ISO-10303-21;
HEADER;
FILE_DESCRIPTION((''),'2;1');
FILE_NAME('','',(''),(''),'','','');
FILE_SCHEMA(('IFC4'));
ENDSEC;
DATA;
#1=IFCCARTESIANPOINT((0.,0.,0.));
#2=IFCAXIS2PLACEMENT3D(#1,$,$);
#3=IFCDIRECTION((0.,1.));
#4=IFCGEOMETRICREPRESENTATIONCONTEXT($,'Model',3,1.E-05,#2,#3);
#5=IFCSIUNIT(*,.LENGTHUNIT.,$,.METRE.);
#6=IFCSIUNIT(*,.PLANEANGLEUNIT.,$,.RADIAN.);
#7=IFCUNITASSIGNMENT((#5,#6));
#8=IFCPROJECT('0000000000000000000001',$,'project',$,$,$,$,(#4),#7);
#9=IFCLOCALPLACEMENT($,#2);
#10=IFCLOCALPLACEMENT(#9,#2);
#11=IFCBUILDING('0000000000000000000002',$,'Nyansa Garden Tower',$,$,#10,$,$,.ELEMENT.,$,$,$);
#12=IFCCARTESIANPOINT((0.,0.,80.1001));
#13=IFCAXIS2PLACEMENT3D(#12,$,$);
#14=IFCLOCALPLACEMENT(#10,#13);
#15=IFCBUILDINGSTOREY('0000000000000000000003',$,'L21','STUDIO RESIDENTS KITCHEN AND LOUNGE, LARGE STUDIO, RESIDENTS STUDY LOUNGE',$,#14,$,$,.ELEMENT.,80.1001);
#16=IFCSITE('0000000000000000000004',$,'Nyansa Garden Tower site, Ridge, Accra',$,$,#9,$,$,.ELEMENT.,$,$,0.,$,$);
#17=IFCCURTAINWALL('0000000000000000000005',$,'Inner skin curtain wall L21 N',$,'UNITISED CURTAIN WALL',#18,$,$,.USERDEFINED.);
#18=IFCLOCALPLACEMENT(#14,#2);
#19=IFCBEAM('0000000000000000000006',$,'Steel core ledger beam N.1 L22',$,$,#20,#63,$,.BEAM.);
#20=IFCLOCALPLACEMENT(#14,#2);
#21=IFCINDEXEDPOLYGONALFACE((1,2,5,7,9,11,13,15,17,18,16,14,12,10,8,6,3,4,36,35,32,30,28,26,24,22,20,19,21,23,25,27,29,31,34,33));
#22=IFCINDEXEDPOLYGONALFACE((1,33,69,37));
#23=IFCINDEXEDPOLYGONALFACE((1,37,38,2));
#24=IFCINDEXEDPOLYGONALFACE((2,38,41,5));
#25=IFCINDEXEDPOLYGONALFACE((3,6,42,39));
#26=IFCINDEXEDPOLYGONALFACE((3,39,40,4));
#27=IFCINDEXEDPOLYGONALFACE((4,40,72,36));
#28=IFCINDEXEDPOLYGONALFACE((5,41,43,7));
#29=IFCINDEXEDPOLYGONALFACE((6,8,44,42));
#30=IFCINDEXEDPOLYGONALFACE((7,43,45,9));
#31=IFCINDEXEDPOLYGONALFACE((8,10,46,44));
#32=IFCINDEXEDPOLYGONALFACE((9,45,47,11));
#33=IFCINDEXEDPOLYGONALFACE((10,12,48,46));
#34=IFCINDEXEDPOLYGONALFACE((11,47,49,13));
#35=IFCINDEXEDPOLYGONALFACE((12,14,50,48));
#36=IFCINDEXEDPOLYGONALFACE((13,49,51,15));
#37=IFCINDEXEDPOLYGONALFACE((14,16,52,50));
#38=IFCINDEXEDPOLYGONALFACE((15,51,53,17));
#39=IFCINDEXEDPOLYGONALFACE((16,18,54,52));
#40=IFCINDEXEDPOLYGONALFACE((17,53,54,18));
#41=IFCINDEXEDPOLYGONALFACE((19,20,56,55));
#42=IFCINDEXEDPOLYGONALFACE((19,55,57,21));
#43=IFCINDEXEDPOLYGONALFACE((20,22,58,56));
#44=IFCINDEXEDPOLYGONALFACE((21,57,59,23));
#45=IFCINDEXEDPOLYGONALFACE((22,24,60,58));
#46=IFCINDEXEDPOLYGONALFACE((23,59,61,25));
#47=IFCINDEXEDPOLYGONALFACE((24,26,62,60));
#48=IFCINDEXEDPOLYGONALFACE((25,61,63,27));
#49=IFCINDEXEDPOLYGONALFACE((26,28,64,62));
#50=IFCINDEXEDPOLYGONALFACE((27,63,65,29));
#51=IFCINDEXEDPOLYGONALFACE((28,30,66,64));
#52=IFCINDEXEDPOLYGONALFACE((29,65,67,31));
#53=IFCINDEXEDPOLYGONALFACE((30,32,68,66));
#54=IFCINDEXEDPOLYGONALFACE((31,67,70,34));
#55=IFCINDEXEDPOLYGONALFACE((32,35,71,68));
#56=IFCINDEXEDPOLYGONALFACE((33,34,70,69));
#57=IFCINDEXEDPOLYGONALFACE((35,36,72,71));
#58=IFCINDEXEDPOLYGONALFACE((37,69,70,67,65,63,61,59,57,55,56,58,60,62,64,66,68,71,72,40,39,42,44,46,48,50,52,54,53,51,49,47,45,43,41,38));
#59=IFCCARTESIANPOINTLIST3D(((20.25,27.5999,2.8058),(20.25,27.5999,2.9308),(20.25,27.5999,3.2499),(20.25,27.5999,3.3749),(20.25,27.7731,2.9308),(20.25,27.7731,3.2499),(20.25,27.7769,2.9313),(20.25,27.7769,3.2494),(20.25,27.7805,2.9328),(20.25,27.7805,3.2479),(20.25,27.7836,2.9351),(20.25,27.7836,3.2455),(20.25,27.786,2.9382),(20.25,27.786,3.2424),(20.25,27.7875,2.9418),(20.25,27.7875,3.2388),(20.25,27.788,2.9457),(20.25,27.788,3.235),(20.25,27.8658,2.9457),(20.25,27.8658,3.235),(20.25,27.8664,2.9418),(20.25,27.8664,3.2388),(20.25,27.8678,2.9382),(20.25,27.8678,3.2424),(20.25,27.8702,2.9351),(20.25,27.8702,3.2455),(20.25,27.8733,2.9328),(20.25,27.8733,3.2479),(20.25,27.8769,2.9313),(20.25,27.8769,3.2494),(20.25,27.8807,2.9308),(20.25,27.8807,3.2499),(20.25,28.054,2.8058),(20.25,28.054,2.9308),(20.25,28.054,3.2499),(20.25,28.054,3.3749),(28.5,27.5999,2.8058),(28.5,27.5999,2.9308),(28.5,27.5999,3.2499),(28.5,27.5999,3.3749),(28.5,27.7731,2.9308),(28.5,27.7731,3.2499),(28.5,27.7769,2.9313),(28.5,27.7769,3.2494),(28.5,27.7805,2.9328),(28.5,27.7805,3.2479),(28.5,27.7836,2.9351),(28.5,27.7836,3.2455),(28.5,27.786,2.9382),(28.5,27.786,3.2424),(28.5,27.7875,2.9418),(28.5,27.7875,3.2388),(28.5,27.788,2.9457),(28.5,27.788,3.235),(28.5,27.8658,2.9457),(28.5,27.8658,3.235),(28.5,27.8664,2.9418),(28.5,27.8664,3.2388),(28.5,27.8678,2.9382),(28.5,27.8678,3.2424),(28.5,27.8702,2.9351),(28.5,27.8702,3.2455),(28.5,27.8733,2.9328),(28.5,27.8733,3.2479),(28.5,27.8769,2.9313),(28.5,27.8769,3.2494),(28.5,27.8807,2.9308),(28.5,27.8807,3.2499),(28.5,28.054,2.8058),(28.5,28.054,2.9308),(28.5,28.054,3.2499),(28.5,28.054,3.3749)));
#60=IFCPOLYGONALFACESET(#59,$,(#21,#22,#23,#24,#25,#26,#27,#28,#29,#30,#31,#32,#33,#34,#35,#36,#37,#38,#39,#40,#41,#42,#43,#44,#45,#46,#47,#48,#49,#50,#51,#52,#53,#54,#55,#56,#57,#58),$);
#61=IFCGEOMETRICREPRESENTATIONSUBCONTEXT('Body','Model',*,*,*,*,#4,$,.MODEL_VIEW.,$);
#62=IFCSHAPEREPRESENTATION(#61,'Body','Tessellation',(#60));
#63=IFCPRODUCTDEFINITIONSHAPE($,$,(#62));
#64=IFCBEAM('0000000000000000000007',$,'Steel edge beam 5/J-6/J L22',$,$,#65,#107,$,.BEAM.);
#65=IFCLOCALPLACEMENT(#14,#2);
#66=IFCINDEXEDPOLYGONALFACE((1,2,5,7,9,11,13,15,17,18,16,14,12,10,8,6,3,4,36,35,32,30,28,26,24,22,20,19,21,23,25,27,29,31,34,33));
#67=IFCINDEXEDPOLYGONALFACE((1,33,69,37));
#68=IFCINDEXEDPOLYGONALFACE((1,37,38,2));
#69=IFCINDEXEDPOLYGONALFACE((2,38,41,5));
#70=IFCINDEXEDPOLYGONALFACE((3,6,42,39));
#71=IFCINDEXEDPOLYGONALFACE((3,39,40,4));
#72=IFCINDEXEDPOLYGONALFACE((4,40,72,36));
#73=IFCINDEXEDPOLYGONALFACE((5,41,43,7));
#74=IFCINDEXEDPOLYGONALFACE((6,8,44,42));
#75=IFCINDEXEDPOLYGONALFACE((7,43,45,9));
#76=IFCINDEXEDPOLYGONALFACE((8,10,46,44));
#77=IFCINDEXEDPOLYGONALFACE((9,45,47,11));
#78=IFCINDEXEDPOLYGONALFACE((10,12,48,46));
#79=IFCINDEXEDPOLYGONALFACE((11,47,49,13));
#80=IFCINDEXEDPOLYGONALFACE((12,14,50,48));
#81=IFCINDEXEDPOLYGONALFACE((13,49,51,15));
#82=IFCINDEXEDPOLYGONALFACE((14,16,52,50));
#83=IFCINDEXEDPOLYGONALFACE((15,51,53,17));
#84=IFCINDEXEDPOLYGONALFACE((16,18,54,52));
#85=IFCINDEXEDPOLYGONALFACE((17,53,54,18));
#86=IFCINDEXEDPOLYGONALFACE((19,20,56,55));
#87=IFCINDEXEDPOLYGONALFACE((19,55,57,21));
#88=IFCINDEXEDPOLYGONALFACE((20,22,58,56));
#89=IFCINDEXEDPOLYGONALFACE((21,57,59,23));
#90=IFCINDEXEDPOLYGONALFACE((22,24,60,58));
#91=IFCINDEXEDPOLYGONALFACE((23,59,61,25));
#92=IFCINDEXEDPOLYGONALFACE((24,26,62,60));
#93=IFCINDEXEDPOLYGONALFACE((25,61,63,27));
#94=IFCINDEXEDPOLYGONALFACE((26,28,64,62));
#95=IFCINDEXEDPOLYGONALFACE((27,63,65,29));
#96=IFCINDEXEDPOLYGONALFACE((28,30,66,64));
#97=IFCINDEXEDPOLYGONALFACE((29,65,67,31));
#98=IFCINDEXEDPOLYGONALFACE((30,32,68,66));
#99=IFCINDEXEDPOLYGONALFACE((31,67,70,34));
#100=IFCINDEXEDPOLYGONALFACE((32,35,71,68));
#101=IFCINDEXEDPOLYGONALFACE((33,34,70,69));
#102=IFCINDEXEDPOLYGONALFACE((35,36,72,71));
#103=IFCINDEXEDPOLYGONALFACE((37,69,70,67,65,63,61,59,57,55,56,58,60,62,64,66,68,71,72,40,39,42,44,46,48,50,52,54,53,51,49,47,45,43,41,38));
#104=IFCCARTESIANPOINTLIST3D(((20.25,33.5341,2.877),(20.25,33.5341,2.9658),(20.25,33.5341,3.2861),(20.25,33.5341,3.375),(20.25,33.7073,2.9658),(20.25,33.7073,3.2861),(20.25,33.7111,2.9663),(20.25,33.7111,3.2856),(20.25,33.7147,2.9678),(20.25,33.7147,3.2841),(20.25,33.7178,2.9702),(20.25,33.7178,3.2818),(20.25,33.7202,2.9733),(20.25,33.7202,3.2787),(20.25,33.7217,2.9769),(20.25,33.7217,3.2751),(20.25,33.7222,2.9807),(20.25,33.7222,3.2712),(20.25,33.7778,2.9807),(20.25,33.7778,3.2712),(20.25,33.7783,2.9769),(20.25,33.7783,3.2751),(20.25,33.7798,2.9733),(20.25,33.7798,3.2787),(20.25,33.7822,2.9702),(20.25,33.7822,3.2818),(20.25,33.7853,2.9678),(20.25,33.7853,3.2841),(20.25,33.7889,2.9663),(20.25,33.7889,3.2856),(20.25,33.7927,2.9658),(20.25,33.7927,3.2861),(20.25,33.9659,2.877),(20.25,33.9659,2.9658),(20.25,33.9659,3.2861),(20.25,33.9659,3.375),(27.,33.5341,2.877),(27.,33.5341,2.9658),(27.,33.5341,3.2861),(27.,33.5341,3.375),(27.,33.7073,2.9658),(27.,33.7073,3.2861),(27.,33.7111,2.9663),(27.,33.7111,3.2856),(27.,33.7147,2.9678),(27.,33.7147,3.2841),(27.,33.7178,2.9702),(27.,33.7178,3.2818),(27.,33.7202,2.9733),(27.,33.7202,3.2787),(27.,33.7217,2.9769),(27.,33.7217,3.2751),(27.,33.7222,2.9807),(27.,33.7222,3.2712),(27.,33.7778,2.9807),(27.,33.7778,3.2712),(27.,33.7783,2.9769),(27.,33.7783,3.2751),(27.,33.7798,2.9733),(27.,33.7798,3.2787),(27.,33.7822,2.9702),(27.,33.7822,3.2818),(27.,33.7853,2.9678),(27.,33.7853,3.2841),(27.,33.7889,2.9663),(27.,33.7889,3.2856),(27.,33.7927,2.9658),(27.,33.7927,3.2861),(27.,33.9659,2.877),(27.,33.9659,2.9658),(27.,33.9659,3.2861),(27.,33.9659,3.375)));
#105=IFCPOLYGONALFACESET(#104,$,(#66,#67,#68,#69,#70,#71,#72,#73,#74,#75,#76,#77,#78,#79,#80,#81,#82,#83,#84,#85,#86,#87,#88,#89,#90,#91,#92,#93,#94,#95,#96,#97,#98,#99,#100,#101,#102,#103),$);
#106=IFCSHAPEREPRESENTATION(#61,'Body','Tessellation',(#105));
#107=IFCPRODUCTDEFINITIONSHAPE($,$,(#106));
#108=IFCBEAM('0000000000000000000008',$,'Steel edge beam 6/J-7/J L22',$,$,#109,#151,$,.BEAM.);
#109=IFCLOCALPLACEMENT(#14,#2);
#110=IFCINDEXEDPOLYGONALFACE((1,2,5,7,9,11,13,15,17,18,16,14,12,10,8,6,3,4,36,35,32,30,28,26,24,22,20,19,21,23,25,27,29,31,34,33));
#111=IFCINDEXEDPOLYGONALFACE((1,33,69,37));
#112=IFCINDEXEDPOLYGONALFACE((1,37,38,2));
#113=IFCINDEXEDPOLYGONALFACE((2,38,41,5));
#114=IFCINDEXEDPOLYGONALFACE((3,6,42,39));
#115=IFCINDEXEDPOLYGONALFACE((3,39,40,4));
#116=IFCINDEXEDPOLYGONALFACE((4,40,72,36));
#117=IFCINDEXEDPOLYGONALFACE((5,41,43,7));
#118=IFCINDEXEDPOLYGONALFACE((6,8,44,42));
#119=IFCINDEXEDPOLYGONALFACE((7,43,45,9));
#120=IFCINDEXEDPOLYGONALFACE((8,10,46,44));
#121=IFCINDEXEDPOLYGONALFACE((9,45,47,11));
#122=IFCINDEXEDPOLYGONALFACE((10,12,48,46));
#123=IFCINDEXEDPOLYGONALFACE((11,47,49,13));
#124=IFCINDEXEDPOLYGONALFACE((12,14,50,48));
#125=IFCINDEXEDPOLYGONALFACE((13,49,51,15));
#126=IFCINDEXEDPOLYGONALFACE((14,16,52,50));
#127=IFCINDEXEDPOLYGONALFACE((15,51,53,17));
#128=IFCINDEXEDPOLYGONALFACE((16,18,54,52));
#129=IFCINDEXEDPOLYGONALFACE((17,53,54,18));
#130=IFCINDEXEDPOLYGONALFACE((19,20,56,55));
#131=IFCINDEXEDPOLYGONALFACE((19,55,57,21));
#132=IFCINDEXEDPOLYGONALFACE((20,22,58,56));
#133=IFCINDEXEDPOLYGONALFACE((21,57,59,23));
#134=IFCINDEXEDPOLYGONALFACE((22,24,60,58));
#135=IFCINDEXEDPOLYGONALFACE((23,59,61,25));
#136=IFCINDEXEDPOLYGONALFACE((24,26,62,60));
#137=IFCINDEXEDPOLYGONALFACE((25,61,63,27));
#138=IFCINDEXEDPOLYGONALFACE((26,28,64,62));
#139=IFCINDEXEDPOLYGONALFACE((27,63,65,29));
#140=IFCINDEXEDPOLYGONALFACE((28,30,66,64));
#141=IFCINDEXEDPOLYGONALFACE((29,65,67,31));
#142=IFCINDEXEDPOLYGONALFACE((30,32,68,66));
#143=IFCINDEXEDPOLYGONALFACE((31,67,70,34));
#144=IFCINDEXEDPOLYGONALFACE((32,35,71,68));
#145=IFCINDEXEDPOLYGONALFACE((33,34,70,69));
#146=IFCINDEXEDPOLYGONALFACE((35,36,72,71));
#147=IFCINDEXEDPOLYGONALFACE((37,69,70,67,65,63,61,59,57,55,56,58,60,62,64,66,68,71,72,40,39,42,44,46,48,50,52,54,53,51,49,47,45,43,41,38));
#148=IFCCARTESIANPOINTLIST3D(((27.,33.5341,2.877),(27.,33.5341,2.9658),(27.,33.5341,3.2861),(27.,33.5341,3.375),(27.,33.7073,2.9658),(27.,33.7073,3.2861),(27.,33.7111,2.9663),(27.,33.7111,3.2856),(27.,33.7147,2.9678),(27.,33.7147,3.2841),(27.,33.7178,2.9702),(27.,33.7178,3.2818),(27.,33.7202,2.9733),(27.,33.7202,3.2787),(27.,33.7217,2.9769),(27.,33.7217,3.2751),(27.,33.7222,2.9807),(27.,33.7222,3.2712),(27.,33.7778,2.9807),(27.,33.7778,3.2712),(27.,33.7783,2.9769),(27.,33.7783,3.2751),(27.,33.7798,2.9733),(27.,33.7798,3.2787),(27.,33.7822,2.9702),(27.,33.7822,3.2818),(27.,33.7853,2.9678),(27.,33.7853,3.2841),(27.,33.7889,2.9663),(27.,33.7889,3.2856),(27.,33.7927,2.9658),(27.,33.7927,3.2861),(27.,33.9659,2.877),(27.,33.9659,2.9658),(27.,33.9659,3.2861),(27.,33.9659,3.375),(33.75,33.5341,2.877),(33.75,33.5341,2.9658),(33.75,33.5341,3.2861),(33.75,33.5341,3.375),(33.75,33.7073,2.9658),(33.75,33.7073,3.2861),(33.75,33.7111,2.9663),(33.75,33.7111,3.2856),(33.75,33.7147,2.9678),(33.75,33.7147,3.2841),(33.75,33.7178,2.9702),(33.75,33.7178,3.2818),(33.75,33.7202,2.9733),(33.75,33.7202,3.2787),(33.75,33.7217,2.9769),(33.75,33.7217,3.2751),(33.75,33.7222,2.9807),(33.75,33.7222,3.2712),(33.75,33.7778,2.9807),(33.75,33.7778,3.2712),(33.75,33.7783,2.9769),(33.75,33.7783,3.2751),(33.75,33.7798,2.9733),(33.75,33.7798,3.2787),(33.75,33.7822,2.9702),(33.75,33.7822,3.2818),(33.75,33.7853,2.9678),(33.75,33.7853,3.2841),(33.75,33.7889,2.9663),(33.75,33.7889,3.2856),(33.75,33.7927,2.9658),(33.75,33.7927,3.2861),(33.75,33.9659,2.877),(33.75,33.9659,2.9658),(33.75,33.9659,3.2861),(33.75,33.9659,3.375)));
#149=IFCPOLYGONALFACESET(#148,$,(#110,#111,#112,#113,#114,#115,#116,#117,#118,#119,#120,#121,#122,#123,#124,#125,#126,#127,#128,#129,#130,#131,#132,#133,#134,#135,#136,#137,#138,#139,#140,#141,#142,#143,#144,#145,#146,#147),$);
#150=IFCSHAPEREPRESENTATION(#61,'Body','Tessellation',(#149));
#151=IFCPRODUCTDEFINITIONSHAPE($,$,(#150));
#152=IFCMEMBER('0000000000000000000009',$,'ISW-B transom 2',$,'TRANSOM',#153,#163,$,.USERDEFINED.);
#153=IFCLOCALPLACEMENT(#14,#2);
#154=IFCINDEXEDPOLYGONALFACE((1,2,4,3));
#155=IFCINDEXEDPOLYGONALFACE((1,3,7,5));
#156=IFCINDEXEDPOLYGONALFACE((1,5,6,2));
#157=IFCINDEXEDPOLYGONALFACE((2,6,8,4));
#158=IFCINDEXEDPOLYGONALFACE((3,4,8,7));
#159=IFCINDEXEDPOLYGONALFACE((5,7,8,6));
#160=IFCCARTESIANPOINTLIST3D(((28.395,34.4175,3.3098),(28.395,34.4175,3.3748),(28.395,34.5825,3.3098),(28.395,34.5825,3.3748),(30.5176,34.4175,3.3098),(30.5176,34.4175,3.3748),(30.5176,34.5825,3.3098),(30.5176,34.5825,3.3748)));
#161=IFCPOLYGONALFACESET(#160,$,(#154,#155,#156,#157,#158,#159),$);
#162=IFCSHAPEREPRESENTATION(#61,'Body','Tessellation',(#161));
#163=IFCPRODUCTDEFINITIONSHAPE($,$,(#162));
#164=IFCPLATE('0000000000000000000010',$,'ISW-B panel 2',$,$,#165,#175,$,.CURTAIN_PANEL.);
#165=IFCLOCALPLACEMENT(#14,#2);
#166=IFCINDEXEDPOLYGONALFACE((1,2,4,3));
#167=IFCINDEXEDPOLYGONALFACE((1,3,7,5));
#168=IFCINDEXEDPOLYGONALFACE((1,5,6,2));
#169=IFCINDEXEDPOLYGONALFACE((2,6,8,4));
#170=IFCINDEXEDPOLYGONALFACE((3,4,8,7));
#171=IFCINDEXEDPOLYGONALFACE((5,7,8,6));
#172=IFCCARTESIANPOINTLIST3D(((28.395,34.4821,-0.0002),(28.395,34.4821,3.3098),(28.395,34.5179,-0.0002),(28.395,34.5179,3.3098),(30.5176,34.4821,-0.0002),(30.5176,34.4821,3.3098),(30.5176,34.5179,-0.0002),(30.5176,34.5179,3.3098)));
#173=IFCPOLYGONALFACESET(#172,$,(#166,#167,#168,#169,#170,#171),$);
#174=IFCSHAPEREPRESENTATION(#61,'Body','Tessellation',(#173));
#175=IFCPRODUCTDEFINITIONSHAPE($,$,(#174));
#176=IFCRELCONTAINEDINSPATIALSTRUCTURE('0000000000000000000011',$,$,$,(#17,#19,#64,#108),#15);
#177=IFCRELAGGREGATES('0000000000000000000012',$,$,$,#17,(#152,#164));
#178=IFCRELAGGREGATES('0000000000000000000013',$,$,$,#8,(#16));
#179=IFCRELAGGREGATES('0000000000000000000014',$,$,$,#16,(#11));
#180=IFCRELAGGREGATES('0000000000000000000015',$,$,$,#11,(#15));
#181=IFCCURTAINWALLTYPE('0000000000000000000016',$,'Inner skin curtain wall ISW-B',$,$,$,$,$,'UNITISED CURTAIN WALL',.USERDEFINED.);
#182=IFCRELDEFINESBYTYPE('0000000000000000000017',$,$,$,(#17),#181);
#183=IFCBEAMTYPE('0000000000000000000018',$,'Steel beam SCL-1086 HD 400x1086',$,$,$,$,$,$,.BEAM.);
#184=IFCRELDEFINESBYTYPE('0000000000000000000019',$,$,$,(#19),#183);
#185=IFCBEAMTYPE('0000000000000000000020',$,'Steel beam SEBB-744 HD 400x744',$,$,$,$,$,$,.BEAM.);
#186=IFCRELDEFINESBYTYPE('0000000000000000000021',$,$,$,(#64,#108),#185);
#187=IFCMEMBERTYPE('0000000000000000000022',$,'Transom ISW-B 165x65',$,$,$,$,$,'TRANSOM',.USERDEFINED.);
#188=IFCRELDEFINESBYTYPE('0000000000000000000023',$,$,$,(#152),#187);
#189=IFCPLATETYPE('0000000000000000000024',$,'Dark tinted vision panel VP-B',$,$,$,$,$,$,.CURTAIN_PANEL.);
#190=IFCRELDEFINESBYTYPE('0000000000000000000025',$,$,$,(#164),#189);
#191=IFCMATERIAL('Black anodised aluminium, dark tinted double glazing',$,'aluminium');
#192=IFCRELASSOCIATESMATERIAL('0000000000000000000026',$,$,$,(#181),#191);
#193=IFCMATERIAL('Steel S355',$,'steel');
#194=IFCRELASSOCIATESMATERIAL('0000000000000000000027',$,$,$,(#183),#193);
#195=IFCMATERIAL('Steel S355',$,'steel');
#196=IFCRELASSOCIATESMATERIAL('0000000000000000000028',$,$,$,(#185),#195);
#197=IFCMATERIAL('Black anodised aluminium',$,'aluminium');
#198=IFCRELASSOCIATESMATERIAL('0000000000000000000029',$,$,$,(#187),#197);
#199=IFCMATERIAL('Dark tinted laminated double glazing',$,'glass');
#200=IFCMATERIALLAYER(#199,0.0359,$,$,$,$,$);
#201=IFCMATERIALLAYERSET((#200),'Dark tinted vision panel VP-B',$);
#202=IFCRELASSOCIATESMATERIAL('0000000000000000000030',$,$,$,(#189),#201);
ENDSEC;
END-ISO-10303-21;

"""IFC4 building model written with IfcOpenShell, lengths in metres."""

from ifc_helpers import new_model, si_unit, direction, frame, origin, origin_2d, place, context, subcontext, project, spatial, rectangle, i_section, extrude, material, layer, layer_set, material_profile, profile_set, type_object, element, aggregate, save


model = new_model("IFC4")

# Units and contexts
model_context = context("Model", 3, precision=1e-05, world=origin(), true_north=direction((0.0, 1.0)))
body_context = subcontext(model_context, "Body", "Model", "MODEL_VIEW")
ifc_project = project(units=[si_unit("LENGTHUNIT", "METRE"), si_unit("PLANEANGLEUNIT", "RADIAN")], contexts=[model_context])

# Site, building, storey
site_placement = place(None, origin())
site = spatial("IfcSite", under=ifc_project, at=site_placement, Name="Nyansa Garden Tower site, Ridge, Accra", CompositionType="ELEMENT", RefElevation=0.0)
building_placement = place(site_placement, origin())
building = spatial("IfcBuilding", under=site, at=building_placement, Name="Nyansa Garden Tower", CompositionType="ELEMENT")
storey_placement = place(building_placement, frame((0.0, 0.0, 80.1001)))
storey = spatial("IfcBuildingStorey", under=building, at=storey_placement, Name="L21", Description="STUDIO RESIDENTS KITCHEN AND LOUNGE, LARGE STUDIO, RESIDENTS STUDY LOUNGE", CompositionType="ELEMENT", Elevation=80.1001)

# Curtain wall
ifc_material_1 = material(Name="Black anodised aluminium, dark tinted double glazing", Category="aluminium")
curtain_wall_type = type_object("IfcCurtainWallType", Name="Inner skin curtain wall ISW-B", ElementType="UNITISED CURTAIN WALL", PredefinedType="USERDEFINED", material=ifc_material_1)
curtain_wall_placement = place(storey_placement, origin())
curtain_wall = element("IfcCurtainWall", 1, at=curtain_wall_placement, inside=storey, type_object=curtain_wall_type, Name="Inner skin curtain wall L21 N", ObjectType="UNITISED CURTAIN WALL", PredefinedType="USERDEFINED")

# Beams
ifc_material_2 = material(Name="Steel S355", Category="steel")
ifc_material_profile_1 = material_profile(ifc_material_2, i_section(OverallWidth=0.4541, OverallDepth=0.5691, WebThickness=0.0779, FlangeThickness=0.125, FilletRadius=0.0149, at=origin_2d()), Name="HD 400x1086")
ifc_profile_set_1 = profile_set([ifc_material_profile_1], Name="Steel S355")
beam_type_1 = type_object("IfcBeamType", Name="Steel beam SCL-1086 HD 400x1086", PredefinedType="BEAM", material=ifc_profile_set_1)
beam_1_placement = place(storey_placement, frame((28.5, 27.8269, 3.0903), z_axis=(-1.0, 0.0, 0.0), x_axis=(0.0, -1.0, 0.0)))
element("IfcBeam", 2, at=beam_1_placement, inside=storey, type_object=beam_type_1, Name="Steel core ledger beam N.1 L22", PredefinedType="BEAM", context=body_context, shape_type="SweptSolid", body=[
    extrude(i_section(OverallWidth=0.4541, OverallDepth=0.5691, WebThickness=0.0779, FlangeThickness=0.125, FilletRadius=0.0149, at=origin_2d()), origin(), (0.0, 0.0, 1.0), 8.25),
])
ifc_material_3 = material(Name="Steel S355", Category="steel")
ifc_material_profile_2 = material_profile(ifc_material_3, i_section(OverallWidth=0.4319, OverallDepth=0.498, WebThickness=0.0557, FlangeThickness=0.0889, FilletRadius=0.0149, at=origin_2d()), Name="HD 400x744")
ifc_profile_set_2 = profile_set([ifc_material_profile_2], Name="Steel S355")
beam_type_2 = type_object("IfcBeamType", Name="Steel beam SEBB-744 HD 400x744", PredefinedType="BEAM", material=ifc_profile_set_2)
for number, where, z_axis, x_axis, name in (
    (3, (20.25, 33.75, 3.126), (1.0, 0.0, 0.0), (0.0, 1.0, 0.0), "Steel edge beam 5/J-6/J L22"),
    (4, (27.0, 33.75, 3.126), (1.0, 0.0, 0.0), (0.0, 1.0, 0.0), "Steel edge beam 6/J-7/J L22"),
):
    element("IfcBeam", number, at=place(storey_placement, frame(where, z_axis=z_axis, x_axis=x_axis)), inside=storey, type_object=beam_type_2, Name=name, PredefinedType="BEAM", context=body_context, shape_type="SweptSolid", body=[
        extrude(i_section(OverallWidth=0.4319, OverallDepth=0.498, WebThickness=0.0557, FlangeThickness=0.0889, FilletRadius=0.0149, at=origin_2d()), origin(), (0.0, 0.0, 1.0), 6.75),
    ])

# Member
ifc_material_4 = material(Name="Black anodised aluminium", Category="aluminium")
ifc_material_profile_3 = material_profile(ifc_material_4, rectangle(XDim=0.165, YDim=0.0649, at=origin_2d()), Name="Transom 165x65")
ifc_profile_set_3 = profile_set([ifc_material_profile_3], Name="Black anodised aluminium")
member_type_1 = type_object("IfcMemberType", Name="Transom ISW-B 165x65", ElementType="TRANSOM", PredefinedType="USERDEFINED", material=ifc_profile_set_3)
member_1_placement = place(storey_placement, frame((30.5176, 34.5, 3.3423), z_axis=(-1.0, 0.0, 0.0), x_axis=(0.0, -1.0, 0.0)))
member_1 = element("IfcMember", 5, at=member_1_placement, type_object=member_type_1, Name="ISW-B transom 2", ObjectType="TRANSOM", PredefinedType="USERDEFINED", context=body_context, shape_type="SweptSolid", body=[
    extrude(rectangle(XDim=0.165, YDim=0.0649, at=origin_2d()), origin(), (0.0, 0.0, 1.0), 2.1226),
])

# Plate
ifc_material_5 = material(Name="Dark tinted laminated double glazing", Category="glass")
ifc_layer_1 = layer(ifc_material_5, 0.0359)
ifc_layer_set_1 = layer_set([ifc_layer_1], Name="Dark tinted vision panel VP-B")
plate_type = type_object("IfcPlateType", Name="Dark tinted vision panel VP-B", PredefinedType="CURTAIN_PANEL", material=ifc_layer_set_1)
plate_placement = place(storey_placement, frame((29.4563, 34.5, -0.0002), z_axis=(0.0, 0.0, 1.0), x_axis=(-1.0, 0.0, 0.0)))
plate = element("IfcPlate", 6, at=plate_placement, type_object=plate_type, Name="ISW-B panel 2", PredefinedType="CURTAIN_PANEL", context=body_context, shape_type="SweptSolid", body=[
    extrude(rectangle(XDim=2.1226, YDim=0.0359, at=origin_2d()), origin(), (0.0, 0.0, 1.0), 3.3101),
])
aggregate(curtain_wall, [member_1, plate])

save(model, "model.ifc")
